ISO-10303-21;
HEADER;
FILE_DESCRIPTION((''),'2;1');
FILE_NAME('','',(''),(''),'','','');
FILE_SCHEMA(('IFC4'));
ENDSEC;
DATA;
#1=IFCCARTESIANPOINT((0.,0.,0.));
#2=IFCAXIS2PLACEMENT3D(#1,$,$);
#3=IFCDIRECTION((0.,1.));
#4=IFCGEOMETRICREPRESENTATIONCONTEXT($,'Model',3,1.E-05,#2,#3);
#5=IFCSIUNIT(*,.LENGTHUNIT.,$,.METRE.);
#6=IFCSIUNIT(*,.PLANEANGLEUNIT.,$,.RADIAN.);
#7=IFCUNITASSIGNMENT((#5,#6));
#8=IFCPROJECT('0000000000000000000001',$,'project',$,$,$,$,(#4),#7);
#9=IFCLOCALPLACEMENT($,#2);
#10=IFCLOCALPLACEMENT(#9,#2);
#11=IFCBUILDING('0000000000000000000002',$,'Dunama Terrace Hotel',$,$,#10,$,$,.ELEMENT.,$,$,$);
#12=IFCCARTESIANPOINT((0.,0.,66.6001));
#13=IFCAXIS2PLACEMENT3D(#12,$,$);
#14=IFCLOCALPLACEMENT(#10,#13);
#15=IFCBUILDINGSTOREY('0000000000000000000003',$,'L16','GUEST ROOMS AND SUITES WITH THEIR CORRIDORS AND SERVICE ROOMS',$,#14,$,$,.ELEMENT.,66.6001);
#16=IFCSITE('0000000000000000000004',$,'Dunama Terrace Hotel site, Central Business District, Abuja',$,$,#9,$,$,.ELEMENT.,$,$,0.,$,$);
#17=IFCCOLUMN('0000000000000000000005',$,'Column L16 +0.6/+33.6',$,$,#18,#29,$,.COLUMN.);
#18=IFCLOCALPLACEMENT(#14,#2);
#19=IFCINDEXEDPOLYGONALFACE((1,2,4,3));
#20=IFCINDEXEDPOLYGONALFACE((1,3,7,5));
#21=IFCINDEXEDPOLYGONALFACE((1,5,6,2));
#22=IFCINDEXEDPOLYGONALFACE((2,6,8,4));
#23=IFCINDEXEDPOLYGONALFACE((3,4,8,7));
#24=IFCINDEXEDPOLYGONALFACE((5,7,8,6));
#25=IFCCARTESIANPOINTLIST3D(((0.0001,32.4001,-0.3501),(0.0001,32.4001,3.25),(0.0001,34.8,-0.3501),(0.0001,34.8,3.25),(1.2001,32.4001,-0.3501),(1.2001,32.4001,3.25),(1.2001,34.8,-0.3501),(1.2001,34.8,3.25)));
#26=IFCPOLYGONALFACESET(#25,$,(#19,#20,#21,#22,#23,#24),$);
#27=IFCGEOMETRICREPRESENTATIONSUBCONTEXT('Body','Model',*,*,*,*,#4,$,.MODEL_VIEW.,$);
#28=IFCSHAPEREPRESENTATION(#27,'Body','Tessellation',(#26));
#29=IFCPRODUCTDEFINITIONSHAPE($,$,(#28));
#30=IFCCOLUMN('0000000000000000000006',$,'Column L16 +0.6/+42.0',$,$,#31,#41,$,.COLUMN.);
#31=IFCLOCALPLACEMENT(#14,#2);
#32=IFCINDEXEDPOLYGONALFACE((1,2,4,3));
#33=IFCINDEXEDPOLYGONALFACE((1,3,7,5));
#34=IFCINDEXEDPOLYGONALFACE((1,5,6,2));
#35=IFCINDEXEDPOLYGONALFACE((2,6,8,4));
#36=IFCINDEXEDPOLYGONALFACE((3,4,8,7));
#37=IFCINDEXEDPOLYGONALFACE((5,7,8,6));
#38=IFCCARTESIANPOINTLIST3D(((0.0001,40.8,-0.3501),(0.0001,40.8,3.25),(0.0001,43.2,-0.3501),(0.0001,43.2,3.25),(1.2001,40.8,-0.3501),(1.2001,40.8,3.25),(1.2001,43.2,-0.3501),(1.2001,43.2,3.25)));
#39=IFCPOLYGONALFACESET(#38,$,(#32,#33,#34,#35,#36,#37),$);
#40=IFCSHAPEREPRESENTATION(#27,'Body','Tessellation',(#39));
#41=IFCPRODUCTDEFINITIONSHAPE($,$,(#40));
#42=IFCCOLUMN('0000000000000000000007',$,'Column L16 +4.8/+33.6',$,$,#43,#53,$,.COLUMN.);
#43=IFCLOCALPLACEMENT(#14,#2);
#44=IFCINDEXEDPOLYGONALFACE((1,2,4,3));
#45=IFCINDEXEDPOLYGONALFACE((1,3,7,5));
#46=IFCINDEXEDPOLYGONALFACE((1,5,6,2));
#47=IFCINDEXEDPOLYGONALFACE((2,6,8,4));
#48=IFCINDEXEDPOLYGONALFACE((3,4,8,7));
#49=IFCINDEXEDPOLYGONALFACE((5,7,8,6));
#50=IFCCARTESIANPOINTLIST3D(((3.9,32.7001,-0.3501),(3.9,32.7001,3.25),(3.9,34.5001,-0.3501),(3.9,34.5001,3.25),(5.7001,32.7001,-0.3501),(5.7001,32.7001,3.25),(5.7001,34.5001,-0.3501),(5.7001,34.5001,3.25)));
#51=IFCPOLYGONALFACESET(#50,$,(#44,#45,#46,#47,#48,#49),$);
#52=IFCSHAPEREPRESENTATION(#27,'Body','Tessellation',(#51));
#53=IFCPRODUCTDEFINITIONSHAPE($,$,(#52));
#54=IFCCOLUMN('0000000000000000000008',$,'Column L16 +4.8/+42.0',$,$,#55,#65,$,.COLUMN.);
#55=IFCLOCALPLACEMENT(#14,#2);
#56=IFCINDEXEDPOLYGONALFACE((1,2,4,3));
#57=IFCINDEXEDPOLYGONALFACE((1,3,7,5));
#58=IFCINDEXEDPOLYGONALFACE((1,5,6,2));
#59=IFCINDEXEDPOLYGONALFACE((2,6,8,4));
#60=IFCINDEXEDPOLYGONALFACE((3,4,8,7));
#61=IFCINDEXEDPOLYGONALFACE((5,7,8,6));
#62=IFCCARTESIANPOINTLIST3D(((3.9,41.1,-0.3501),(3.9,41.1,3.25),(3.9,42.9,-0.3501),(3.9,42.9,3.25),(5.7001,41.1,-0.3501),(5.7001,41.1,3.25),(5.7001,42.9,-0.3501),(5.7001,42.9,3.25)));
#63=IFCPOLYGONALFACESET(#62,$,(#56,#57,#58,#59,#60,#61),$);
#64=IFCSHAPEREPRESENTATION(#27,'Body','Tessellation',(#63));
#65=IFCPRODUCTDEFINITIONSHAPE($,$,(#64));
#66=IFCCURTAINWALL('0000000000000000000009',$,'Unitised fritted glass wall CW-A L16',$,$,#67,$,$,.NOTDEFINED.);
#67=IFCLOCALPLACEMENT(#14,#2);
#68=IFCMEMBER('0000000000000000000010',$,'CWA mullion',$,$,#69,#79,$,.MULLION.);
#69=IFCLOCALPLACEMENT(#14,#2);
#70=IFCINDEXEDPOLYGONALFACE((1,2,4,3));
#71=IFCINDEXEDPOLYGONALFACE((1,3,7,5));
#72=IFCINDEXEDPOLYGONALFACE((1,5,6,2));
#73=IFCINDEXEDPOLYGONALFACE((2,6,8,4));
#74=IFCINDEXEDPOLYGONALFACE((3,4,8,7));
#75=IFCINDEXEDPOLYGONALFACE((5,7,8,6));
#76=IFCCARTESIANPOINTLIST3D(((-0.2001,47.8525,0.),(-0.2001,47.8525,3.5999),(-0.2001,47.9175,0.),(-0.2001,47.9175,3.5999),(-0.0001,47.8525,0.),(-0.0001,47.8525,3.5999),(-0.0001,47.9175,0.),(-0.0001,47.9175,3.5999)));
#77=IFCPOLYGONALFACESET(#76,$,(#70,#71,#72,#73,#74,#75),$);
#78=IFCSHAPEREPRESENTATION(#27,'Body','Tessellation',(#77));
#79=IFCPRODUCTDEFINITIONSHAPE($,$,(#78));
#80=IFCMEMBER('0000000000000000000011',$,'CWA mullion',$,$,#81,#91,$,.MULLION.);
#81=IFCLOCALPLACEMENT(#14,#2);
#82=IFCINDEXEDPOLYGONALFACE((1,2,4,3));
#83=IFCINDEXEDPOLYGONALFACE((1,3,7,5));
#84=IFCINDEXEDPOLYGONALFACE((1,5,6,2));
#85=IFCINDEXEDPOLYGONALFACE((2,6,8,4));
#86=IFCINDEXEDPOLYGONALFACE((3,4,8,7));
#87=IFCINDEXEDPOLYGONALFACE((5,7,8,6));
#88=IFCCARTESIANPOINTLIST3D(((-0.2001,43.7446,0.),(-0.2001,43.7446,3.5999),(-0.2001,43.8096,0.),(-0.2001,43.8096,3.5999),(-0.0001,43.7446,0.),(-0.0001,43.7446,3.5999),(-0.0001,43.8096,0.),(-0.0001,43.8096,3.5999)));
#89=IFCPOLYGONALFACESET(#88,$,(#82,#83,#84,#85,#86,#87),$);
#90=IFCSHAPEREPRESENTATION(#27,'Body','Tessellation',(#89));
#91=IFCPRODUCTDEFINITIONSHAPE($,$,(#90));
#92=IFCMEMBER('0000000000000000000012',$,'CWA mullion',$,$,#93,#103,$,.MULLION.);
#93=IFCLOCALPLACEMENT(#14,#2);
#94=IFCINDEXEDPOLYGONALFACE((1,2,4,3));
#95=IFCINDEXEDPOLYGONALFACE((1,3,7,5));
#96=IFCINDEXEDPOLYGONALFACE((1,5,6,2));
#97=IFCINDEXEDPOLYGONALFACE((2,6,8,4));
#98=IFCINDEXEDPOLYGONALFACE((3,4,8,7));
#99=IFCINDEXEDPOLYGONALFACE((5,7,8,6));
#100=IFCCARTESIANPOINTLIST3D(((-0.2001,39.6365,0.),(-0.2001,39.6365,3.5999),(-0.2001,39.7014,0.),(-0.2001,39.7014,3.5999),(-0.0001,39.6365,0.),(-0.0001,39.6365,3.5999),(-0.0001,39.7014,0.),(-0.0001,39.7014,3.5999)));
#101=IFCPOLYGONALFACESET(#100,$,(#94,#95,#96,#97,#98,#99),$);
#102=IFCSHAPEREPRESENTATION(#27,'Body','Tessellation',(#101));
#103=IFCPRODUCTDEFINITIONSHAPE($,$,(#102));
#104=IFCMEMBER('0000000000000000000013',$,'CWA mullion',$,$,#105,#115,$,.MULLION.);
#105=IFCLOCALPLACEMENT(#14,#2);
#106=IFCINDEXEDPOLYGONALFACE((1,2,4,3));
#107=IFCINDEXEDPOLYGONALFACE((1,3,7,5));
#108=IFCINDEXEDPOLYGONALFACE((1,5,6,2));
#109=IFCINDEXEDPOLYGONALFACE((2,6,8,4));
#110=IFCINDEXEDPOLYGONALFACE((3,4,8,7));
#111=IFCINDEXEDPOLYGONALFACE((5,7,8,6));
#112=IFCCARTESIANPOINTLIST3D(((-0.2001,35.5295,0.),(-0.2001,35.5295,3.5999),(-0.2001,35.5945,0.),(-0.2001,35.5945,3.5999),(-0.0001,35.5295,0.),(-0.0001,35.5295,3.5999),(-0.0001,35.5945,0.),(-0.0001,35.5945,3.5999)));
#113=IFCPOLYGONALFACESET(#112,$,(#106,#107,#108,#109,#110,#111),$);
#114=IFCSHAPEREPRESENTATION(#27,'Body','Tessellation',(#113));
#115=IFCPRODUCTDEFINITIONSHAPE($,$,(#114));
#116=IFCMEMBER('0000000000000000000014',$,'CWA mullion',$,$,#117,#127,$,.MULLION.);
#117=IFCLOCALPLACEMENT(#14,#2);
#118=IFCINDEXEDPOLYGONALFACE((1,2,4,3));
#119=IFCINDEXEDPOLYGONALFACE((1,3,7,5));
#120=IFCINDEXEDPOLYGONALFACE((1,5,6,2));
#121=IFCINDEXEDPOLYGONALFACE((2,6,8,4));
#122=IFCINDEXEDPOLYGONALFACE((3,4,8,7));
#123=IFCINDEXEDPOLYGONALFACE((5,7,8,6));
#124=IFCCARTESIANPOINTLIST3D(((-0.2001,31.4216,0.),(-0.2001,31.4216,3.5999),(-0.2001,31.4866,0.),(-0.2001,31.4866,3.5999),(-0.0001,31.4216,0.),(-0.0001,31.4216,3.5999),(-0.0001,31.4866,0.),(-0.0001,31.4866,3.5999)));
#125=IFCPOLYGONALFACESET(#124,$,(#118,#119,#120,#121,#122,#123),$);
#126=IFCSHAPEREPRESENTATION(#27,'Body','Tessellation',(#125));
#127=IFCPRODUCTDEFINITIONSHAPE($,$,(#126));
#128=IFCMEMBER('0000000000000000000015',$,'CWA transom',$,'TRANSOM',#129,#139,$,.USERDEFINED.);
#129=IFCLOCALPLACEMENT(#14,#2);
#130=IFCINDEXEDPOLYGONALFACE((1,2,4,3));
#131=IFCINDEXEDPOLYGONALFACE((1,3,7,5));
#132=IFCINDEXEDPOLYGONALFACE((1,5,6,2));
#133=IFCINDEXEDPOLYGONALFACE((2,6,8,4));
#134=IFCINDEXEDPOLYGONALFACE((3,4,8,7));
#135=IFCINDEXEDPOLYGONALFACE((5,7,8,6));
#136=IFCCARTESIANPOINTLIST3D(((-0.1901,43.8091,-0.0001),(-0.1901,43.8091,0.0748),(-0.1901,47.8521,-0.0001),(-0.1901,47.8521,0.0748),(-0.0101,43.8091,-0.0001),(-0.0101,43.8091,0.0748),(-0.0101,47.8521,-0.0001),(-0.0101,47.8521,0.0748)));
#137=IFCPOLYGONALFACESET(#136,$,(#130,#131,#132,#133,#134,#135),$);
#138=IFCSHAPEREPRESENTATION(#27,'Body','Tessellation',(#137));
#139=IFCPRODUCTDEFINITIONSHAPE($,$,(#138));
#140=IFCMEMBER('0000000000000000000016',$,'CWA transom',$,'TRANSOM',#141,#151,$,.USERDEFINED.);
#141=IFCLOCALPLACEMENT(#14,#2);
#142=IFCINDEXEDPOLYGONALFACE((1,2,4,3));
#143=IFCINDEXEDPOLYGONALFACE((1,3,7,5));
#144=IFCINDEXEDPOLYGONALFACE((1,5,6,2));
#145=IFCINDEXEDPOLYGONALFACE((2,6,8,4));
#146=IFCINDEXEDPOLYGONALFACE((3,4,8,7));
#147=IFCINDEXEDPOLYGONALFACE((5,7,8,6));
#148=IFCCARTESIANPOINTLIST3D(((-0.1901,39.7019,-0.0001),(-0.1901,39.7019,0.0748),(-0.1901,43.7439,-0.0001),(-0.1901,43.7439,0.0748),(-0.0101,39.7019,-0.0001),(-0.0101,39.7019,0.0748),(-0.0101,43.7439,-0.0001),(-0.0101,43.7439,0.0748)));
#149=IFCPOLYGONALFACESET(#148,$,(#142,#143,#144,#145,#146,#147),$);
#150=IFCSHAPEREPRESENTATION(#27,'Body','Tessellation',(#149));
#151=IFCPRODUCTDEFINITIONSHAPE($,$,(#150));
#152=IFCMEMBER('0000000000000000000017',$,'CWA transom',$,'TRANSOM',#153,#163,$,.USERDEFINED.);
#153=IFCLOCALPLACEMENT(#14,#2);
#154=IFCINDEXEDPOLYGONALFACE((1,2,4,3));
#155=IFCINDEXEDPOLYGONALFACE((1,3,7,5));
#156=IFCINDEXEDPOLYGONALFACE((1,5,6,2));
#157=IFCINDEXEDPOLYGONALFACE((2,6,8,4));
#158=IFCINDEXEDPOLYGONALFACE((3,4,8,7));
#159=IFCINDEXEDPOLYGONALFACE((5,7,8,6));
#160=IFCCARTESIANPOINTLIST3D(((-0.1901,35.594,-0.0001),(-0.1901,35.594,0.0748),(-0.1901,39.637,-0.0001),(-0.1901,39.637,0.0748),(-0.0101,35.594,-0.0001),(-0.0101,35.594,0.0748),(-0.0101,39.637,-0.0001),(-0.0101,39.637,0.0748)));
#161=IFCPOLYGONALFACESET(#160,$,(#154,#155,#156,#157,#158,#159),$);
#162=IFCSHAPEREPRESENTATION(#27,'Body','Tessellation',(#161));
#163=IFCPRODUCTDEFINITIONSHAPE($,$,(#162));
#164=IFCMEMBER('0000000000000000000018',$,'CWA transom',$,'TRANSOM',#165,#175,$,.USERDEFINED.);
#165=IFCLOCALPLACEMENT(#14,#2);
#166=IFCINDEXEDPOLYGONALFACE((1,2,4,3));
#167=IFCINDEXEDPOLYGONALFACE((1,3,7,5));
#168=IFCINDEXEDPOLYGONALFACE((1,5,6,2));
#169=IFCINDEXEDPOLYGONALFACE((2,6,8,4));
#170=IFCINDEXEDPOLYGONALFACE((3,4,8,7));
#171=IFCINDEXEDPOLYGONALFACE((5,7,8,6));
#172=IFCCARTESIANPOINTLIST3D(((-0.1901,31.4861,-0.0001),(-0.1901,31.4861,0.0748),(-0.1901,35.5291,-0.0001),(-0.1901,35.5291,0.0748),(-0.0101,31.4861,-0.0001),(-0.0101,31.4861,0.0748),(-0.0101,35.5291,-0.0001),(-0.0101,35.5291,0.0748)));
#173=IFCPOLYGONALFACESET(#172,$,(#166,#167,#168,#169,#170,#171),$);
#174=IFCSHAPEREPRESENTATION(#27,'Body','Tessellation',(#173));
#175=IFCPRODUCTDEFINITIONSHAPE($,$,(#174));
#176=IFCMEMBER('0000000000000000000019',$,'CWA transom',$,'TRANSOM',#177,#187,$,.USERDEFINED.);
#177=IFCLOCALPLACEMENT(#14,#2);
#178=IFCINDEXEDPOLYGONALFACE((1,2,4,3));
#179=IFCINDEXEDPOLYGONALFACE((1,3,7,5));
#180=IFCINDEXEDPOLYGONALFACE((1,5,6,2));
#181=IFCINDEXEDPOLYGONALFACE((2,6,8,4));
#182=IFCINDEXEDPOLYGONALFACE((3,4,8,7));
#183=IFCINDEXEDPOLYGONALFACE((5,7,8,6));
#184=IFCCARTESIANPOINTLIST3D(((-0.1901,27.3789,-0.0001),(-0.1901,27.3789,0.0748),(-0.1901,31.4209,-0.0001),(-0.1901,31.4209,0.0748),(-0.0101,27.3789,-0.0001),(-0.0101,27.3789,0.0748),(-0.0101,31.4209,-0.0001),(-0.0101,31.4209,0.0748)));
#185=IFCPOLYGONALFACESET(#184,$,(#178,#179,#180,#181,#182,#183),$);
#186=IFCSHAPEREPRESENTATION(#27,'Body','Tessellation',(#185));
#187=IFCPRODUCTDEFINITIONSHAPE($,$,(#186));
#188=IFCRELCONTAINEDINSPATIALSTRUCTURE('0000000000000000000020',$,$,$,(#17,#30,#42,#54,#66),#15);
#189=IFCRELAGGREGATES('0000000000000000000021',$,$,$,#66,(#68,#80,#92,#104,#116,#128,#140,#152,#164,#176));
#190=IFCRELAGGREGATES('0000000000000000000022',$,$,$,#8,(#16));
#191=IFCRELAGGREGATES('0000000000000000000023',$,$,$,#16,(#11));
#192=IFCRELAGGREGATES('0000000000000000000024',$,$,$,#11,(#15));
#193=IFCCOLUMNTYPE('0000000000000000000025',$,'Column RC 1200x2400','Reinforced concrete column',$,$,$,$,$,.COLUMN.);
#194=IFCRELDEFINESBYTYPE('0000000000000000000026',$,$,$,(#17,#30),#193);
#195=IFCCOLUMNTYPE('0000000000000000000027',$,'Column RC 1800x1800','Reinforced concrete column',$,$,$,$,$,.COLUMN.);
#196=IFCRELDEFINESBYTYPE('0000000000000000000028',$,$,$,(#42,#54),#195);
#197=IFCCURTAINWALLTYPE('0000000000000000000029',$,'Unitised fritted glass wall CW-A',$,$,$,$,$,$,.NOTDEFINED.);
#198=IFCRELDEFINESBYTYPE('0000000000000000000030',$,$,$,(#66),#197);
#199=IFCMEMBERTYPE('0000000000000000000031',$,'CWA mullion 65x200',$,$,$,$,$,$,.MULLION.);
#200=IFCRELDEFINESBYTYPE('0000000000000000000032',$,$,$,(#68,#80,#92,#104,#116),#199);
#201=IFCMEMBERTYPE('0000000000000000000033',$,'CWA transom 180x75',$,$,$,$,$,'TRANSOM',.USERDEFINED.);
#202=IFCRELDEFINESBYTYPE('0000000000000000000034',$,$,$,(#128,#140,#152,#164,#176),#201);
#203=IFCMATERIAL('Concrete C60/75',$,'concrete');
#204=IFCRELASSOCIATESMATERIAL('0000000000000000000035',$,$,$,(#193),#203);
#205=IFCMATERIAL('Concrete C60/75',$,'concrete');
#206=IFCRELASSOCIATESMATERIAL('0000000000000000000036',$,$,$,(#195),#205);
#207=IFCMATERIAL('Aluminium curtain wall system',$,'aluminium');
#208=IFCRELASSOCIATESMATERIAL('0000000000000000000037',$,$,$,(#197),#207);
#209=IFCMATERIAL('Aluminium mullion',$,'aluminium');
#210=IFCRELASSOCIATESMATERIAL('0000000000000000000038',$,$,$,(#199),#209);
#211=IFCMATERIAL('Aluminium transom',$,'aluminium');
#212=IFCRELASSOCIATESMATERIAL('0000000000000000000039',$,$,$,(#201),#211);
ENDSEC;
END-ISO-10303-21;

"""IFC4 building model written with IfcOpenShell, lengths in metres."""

from ifc_helpers import new_model, si_unit, direction, frame, origin, origin_2d, place, context, subcontext, project, spatial, rectangle, extrude, material, material_profile, profile_set, type_object, element, aggregate, save


model = new_model("IFC4")

# Units and contexts
model_context = context("Model", 3, precision=1e-05, world=origin(), true_north=direction((0.0, 1.0)))
body_context = subcontext(model_context, "Body", "Model", "MODEL_VIEW")
ifc_project = project(units=[si_unit("LENGTHUNIT", "METRE"), si_unit("PLANEANGLEUNIT", "RADIAN")], contexts=[model_context])

# Site, building, storey
site_placement = place(None, origin())
site = spatial("IfcSite", under=ifc_project, at=site_placement, Name="Dunama Terrace Hotel site, Central Business District, Abuja", CompositionType="ELEMENT", RefElevation=0.0)
building_placement = place(site_placement, origin())
building = spatial("IfcBuilding", under=site, at=building_placement, Name="Dunama Terrace Hotel", CompositionType="ELEMENT")
storey_placement = place(building_placement, frame((0.0, 0.0, 66.6001)))
storey = spatial("IfcBuildingStorey", under=building, at=storey_placement, Name="L16", Description="GUEST ROOMS AND SUITES WITH THEIR CORRIDORS AND SERVICE ROOMS", CompositionType="ELEMENT", Elevation=66.6001)

# Columns
ifc_material_1 = material(Name="Concrete C60/75", Category="concrete")
ifc_material_profile_1 = material_profile(ifc_material_1, rectangle(XDim=1.2, YDim=2.3999, at=origin_2d()), Name="RC 1200x2400")
ifc_profile_set_1 = profile_set([ifc_material_profile_1], Name="Concrete C60/75")
column_type_1 = type_object("IfcColumnType", Name="Column RC 1200x2400", Description="Reinforced concrete column", PredefinedType="COLUMN", material=ifc_profile_set_1)
for number, where, z_axis, x_axis, name in (
    (1, (0.6001, 33.6001, -0.3501), (0.0, 0.0, 1.0), (1.0, 0.0, 0.0), "Column L16 +0.6/+33.6"),
    (2, (0.6001, 42.0, -0.3501), (0.0, 0.0, 1.0), (1.0, 0.0, 0.0), "Column L16 +0.6/+42.0"),
):
    element("IfcColumn", number, at=place(storey_placement, frame(where, z_axis=z_axis, x_axis=x_axis)), inside=storey, type_object=column_type_1, Name=name, PredefinedType="COLUMN", context=body_context, shape_type="SweptSolid", body=[
        extrude(rectangle(XDim=1.2, YDim=2.3999, at=origin_2d()), origin(), (0.0, 0.0, 1.0), 3.6001),
    ])
ifc_material_2 = material(Name="Concrete C60/75", Category="concrete")
ifc_material_profile_2 = material_profile(ifc_material_2, rectangle(XDim=1.8, YDim=1.8, at=origin_2d()), Name="RC 1800x1800")
ifc_profile_set_2 = profile_set([ifc_material_profile_2], Name="Concrete C60/75")
column_type_2 = type_object("IfcColumnType", Name="Column RC 1800x1800", Description="Reinforced concrete column", PredefinedType="COLUMN", material=ifc_profile_set_2)
for number, where, z_axis, x_axis, name in (
    (3, (4.8, 33.6001, -0.3501), (0.0, 0.0, 1.0), (1.0, 0.0, 0.0), "Column L16 +4.8/+33.6"),
    (4, (4.8, 42.0, -0.3501), (0.0, 0.0, 1.0), (1.0, 0.0, 0.0), "Column L16 +4.8/+42.0"),
):
    element("IfcColumn", number, at=place(storey_placement, frame(where, z_axis=z_axis, x_axis=x_axis)), inside=storey, type_object=column_type_2, Name=name, PredefinedType="COLUMN", context=body_context, shape_type="SweptSolid", body=[
        extrude(rectangle(XDim=1.8, YDim=1.8, at=origin_2d()), origin(), (0.0, 0.0, 1.0), 3.6001),
    ])

# Curtain wall, members
ifc_material_3 = material(Name="Aluminium curtain wall system", Category="aluminium")
curtain_wall_type = type_object("IfcCurtainWallType", Name="Unitised fritted glass wall CW-A", PredefinedType="NOTDEFINED", material=ifc_material_3)
curtain_wall_placement = place(storey_placement, origin())
curtain_wall = element("IfcCurtainWall", 5, at=curtain_wall_placement, inside=storey, type_object=curtain_wall_type, Name="Unitised fritted glass wall CW-A L16", PredefinedType="NOTDEFINED")
ifc_material_4 = material(Name="Aluminium mullion", Category="aluminium")
ifc_material_profile_3 = material_profile(ifc_material_4, rectangle(XDim=0.0649, YDim=0.2, at=origin_2d()), Name="CWA MULLION 65X200")
ifc_profile_set_3 = profile_set([ifc_material_profile_3], Name="Aluminium mullion")
member_type_1 = type_object("IfcMemberType", Name="CWA mullion 65x200", PredefinedType="MULLION", material=ifc_profile_set_3)
member_1_placement = place(storey_placement, frame((-0.1001, 47.885, 0.0), z_axis=(0.0, 0.0, 1.0), x_axis=(0.0, -1.0, 0.0)))
member_1 = element("IfcMember", 6, at=member_1_placement, type_object=member_type_1, Name="CWA mullion", PredefinedType="MULLION", context=body_context, shape_type="SweptSolid", body=[
    extrude(rectangle(XDim=0.0649, YDim=0.2, at=origin_2d()), origin(), (0.0, 0.0, 1.0), 3.5999),
])
member_2_placement = place(storey_placement, frame((-0.1001, 43.7771, 0.0), z_axis=(0.0, 0.0, 1.0), x_axis=(0.0, -1.0, 0.0)))
member_2 = element("IfcMember", 7, at=member_2_placement, type_object=member_type_1, Name="CWA mullion", PredefinedType="MULLION", context=body_context, shape_type="SweptSolid", body=[
    extrude(rectangle(XDim=0.0649, YDim=0.2, at=origin_2d()), origin(), (0.0, 0.0, 1.0), 3.5999),
])
member_3_placement = place(storey_placement, frame((-0.1001, 39.6689, 0.0), z_axis=(0.0, 0.0, 1.0), x_axis=(0.0, -1.0, 0.0)))
member_3 = element("IfcMember", 8, at=member_3_placement, type_object=member_type_1, Name="CWA mullion", PredefinedType="MULLION", context=body_context, shape_type="SweptSolid", body=[
    extrude(rectangle(XDim=0.0649, YDim=0.2, at=origin_2d()), origin(), (0.0, 0.0, 1.0), 3.5999),
])
member_4_placement = place(storey_placement, frame((-0.1001, 35.562, 0.0), z_axis=(0.0, 0.0, 1.0), x_axis=(0.0, -1.0, 0.0)))
member_4 = element("IfcMember", 9, at=member_4_placement, type_object=member_type_1, Name="CWA mullion", PredefinedType="MULLION", context=body_context, shape_type="SweptSolid", body=[
    extrude(rectangle(XDim=0.0649, YDim=0.2, at=origin_2d()), origin(), (0.0, 0.0, 1.0), 3.5999),
])
member_5_placement = place(storey_placement, frame((-0.1001, 31.4541, 0.0), z_axis=(0.0, 0.0, 1.0), x_axis=(0.0, -1.0, 0.0)))
member_5 = element("IfcMember", 10, at=member_5_placement, type_object=member_type_1, Name="CWA mullion", PredefinedType="MULLION", context=body_context, shape_type="SweptSolid", body=[
    extrude(rectangle(XDim=0.0649, YDim=0.2, at=origin_2d()), origin(), (0.0, 0.0, 1.0), 3.5999),
])
ifc_material_5 = material(Name="Aluminium transom", Category="aluminium")
ifc_material_profile_4 = material_profile(ifc_material_5, rectangle(XDim=0.1799, YDim=0.075, at=origin_2d()), Name="CWA TRANSOM 180X75")
ifc_profile_set_4 = profile_set([ifc_material_profile_4], Name="Aluminium transom")
member_type_2 = type_object("IfcMemberType", Name="CWA transom 180x75", ElementType="TRANSOM", PredefinedType="USERDEFINED", material=ifc_profile_set_4)
member_6_placement = place(storey_placement, frame((-0.1001, 47.8521, 0.0374), z_axis=(0.0, -1.0, 0.0), x_axis=(1.0, 0.0, 0.0)))
member_6 = element("IfcMember", 11, at=member_6_placement, type_object=member_type_2, Name="CWA transom", ObjectType="TRANSOM", PredefinedType="USERDEFINED", context=body_context, shape_type="SweptSolid", body=[
    extrude(rectangle(XDim=0.1799, YDim=0.075, at=origin_2d()), origin(), (0.0, 0.0, 1.0), 4.043),
])
member_7_placement = place(storey_placement, frame((-0.1001, 43.7439, 0.0374), z_axis=(0.0, -1.0, 0.0), x_axis=(1.0, 0.0, 0.0)))
member_7 = element("IfcMember", 12, at=member_7_placement, type_object=member_type_2, Name="CWA transom", ObjectType="TRANSOM", PredefinedType="USERDEFINED", context=body_context, shape_type="SweptSolid", body=[
    extrude(rectangle(XDim=0.1799, YDim=0.075, at=origin_2d()), origin(), (0.0, 0.0, 1.0), 4.042),
])
member_8_placement = place(storey_placement, frame((-0.1001, 39.637, 0.0374), z_axis=(0.0, -1.0, 0.0), x_axis=(1.0, 0.0, 0.0)))
member_8 = element("IfcMember", 13, at=member_8_placement, type_object=member_type_2, Name="CWA transom", ObjectType="TRANSOM", PredefinedType="USERDEFINED", context=body_context, shape_type="SweptSolid", body=[
    extrude(rectangle(XDim=0.1799, YDim=0.075, at=origin_2d()), origin(), (0.0, 0.0, 1.0), 4.043),
])
member_9_placement = place(storey_placement, frame((-0.1001, 35.5291, 0.0374), z_axis=(0.0, -1.0, 0.0), x_axis=(1.0, 0.0, 0.0)))
member_9 = element("IfcMember", 14, at=member_9_placement, type_object=member_type_2, Name="CWA transom", ObjectType="TRANSOM", PredefinedType="USERDEFINED", context=body_context, shape_type="SweptSolid", body=[
    extrude(rectangle(XDim=0.1799, YDim=0.075, at=origin_2d()), origin(), (0.0, 0.0, 1.0), 4.043),
])
member_10_placement = place(storey_placement, frame((-0.1001, 31.4209, 0.0374), z_axis=(0.0, -1.0, 0.0), x_axis=(1.0, 0.0, 0.0)))
member_10 = element("IfcMember", 15, at=member_10_placement, type_object=member_type_2, Name="CWA transom", ObjectType="TRANSOM", PredefinedType="USERDEFINED", context=body_context, shape_type="SweptSolid", body=[
    extrude(rectangle(XDim=0.1799, YDim=0.075, at=origin_2d()), origin(), (0.0, 0.0, 1.0), 4.042),
])

aggregate(curtain_wall, [member_1, member_2, member_3, member_4, member_5, member_6, member_7, member_8, member_9, member_10])

save(model, "model.ifc")
